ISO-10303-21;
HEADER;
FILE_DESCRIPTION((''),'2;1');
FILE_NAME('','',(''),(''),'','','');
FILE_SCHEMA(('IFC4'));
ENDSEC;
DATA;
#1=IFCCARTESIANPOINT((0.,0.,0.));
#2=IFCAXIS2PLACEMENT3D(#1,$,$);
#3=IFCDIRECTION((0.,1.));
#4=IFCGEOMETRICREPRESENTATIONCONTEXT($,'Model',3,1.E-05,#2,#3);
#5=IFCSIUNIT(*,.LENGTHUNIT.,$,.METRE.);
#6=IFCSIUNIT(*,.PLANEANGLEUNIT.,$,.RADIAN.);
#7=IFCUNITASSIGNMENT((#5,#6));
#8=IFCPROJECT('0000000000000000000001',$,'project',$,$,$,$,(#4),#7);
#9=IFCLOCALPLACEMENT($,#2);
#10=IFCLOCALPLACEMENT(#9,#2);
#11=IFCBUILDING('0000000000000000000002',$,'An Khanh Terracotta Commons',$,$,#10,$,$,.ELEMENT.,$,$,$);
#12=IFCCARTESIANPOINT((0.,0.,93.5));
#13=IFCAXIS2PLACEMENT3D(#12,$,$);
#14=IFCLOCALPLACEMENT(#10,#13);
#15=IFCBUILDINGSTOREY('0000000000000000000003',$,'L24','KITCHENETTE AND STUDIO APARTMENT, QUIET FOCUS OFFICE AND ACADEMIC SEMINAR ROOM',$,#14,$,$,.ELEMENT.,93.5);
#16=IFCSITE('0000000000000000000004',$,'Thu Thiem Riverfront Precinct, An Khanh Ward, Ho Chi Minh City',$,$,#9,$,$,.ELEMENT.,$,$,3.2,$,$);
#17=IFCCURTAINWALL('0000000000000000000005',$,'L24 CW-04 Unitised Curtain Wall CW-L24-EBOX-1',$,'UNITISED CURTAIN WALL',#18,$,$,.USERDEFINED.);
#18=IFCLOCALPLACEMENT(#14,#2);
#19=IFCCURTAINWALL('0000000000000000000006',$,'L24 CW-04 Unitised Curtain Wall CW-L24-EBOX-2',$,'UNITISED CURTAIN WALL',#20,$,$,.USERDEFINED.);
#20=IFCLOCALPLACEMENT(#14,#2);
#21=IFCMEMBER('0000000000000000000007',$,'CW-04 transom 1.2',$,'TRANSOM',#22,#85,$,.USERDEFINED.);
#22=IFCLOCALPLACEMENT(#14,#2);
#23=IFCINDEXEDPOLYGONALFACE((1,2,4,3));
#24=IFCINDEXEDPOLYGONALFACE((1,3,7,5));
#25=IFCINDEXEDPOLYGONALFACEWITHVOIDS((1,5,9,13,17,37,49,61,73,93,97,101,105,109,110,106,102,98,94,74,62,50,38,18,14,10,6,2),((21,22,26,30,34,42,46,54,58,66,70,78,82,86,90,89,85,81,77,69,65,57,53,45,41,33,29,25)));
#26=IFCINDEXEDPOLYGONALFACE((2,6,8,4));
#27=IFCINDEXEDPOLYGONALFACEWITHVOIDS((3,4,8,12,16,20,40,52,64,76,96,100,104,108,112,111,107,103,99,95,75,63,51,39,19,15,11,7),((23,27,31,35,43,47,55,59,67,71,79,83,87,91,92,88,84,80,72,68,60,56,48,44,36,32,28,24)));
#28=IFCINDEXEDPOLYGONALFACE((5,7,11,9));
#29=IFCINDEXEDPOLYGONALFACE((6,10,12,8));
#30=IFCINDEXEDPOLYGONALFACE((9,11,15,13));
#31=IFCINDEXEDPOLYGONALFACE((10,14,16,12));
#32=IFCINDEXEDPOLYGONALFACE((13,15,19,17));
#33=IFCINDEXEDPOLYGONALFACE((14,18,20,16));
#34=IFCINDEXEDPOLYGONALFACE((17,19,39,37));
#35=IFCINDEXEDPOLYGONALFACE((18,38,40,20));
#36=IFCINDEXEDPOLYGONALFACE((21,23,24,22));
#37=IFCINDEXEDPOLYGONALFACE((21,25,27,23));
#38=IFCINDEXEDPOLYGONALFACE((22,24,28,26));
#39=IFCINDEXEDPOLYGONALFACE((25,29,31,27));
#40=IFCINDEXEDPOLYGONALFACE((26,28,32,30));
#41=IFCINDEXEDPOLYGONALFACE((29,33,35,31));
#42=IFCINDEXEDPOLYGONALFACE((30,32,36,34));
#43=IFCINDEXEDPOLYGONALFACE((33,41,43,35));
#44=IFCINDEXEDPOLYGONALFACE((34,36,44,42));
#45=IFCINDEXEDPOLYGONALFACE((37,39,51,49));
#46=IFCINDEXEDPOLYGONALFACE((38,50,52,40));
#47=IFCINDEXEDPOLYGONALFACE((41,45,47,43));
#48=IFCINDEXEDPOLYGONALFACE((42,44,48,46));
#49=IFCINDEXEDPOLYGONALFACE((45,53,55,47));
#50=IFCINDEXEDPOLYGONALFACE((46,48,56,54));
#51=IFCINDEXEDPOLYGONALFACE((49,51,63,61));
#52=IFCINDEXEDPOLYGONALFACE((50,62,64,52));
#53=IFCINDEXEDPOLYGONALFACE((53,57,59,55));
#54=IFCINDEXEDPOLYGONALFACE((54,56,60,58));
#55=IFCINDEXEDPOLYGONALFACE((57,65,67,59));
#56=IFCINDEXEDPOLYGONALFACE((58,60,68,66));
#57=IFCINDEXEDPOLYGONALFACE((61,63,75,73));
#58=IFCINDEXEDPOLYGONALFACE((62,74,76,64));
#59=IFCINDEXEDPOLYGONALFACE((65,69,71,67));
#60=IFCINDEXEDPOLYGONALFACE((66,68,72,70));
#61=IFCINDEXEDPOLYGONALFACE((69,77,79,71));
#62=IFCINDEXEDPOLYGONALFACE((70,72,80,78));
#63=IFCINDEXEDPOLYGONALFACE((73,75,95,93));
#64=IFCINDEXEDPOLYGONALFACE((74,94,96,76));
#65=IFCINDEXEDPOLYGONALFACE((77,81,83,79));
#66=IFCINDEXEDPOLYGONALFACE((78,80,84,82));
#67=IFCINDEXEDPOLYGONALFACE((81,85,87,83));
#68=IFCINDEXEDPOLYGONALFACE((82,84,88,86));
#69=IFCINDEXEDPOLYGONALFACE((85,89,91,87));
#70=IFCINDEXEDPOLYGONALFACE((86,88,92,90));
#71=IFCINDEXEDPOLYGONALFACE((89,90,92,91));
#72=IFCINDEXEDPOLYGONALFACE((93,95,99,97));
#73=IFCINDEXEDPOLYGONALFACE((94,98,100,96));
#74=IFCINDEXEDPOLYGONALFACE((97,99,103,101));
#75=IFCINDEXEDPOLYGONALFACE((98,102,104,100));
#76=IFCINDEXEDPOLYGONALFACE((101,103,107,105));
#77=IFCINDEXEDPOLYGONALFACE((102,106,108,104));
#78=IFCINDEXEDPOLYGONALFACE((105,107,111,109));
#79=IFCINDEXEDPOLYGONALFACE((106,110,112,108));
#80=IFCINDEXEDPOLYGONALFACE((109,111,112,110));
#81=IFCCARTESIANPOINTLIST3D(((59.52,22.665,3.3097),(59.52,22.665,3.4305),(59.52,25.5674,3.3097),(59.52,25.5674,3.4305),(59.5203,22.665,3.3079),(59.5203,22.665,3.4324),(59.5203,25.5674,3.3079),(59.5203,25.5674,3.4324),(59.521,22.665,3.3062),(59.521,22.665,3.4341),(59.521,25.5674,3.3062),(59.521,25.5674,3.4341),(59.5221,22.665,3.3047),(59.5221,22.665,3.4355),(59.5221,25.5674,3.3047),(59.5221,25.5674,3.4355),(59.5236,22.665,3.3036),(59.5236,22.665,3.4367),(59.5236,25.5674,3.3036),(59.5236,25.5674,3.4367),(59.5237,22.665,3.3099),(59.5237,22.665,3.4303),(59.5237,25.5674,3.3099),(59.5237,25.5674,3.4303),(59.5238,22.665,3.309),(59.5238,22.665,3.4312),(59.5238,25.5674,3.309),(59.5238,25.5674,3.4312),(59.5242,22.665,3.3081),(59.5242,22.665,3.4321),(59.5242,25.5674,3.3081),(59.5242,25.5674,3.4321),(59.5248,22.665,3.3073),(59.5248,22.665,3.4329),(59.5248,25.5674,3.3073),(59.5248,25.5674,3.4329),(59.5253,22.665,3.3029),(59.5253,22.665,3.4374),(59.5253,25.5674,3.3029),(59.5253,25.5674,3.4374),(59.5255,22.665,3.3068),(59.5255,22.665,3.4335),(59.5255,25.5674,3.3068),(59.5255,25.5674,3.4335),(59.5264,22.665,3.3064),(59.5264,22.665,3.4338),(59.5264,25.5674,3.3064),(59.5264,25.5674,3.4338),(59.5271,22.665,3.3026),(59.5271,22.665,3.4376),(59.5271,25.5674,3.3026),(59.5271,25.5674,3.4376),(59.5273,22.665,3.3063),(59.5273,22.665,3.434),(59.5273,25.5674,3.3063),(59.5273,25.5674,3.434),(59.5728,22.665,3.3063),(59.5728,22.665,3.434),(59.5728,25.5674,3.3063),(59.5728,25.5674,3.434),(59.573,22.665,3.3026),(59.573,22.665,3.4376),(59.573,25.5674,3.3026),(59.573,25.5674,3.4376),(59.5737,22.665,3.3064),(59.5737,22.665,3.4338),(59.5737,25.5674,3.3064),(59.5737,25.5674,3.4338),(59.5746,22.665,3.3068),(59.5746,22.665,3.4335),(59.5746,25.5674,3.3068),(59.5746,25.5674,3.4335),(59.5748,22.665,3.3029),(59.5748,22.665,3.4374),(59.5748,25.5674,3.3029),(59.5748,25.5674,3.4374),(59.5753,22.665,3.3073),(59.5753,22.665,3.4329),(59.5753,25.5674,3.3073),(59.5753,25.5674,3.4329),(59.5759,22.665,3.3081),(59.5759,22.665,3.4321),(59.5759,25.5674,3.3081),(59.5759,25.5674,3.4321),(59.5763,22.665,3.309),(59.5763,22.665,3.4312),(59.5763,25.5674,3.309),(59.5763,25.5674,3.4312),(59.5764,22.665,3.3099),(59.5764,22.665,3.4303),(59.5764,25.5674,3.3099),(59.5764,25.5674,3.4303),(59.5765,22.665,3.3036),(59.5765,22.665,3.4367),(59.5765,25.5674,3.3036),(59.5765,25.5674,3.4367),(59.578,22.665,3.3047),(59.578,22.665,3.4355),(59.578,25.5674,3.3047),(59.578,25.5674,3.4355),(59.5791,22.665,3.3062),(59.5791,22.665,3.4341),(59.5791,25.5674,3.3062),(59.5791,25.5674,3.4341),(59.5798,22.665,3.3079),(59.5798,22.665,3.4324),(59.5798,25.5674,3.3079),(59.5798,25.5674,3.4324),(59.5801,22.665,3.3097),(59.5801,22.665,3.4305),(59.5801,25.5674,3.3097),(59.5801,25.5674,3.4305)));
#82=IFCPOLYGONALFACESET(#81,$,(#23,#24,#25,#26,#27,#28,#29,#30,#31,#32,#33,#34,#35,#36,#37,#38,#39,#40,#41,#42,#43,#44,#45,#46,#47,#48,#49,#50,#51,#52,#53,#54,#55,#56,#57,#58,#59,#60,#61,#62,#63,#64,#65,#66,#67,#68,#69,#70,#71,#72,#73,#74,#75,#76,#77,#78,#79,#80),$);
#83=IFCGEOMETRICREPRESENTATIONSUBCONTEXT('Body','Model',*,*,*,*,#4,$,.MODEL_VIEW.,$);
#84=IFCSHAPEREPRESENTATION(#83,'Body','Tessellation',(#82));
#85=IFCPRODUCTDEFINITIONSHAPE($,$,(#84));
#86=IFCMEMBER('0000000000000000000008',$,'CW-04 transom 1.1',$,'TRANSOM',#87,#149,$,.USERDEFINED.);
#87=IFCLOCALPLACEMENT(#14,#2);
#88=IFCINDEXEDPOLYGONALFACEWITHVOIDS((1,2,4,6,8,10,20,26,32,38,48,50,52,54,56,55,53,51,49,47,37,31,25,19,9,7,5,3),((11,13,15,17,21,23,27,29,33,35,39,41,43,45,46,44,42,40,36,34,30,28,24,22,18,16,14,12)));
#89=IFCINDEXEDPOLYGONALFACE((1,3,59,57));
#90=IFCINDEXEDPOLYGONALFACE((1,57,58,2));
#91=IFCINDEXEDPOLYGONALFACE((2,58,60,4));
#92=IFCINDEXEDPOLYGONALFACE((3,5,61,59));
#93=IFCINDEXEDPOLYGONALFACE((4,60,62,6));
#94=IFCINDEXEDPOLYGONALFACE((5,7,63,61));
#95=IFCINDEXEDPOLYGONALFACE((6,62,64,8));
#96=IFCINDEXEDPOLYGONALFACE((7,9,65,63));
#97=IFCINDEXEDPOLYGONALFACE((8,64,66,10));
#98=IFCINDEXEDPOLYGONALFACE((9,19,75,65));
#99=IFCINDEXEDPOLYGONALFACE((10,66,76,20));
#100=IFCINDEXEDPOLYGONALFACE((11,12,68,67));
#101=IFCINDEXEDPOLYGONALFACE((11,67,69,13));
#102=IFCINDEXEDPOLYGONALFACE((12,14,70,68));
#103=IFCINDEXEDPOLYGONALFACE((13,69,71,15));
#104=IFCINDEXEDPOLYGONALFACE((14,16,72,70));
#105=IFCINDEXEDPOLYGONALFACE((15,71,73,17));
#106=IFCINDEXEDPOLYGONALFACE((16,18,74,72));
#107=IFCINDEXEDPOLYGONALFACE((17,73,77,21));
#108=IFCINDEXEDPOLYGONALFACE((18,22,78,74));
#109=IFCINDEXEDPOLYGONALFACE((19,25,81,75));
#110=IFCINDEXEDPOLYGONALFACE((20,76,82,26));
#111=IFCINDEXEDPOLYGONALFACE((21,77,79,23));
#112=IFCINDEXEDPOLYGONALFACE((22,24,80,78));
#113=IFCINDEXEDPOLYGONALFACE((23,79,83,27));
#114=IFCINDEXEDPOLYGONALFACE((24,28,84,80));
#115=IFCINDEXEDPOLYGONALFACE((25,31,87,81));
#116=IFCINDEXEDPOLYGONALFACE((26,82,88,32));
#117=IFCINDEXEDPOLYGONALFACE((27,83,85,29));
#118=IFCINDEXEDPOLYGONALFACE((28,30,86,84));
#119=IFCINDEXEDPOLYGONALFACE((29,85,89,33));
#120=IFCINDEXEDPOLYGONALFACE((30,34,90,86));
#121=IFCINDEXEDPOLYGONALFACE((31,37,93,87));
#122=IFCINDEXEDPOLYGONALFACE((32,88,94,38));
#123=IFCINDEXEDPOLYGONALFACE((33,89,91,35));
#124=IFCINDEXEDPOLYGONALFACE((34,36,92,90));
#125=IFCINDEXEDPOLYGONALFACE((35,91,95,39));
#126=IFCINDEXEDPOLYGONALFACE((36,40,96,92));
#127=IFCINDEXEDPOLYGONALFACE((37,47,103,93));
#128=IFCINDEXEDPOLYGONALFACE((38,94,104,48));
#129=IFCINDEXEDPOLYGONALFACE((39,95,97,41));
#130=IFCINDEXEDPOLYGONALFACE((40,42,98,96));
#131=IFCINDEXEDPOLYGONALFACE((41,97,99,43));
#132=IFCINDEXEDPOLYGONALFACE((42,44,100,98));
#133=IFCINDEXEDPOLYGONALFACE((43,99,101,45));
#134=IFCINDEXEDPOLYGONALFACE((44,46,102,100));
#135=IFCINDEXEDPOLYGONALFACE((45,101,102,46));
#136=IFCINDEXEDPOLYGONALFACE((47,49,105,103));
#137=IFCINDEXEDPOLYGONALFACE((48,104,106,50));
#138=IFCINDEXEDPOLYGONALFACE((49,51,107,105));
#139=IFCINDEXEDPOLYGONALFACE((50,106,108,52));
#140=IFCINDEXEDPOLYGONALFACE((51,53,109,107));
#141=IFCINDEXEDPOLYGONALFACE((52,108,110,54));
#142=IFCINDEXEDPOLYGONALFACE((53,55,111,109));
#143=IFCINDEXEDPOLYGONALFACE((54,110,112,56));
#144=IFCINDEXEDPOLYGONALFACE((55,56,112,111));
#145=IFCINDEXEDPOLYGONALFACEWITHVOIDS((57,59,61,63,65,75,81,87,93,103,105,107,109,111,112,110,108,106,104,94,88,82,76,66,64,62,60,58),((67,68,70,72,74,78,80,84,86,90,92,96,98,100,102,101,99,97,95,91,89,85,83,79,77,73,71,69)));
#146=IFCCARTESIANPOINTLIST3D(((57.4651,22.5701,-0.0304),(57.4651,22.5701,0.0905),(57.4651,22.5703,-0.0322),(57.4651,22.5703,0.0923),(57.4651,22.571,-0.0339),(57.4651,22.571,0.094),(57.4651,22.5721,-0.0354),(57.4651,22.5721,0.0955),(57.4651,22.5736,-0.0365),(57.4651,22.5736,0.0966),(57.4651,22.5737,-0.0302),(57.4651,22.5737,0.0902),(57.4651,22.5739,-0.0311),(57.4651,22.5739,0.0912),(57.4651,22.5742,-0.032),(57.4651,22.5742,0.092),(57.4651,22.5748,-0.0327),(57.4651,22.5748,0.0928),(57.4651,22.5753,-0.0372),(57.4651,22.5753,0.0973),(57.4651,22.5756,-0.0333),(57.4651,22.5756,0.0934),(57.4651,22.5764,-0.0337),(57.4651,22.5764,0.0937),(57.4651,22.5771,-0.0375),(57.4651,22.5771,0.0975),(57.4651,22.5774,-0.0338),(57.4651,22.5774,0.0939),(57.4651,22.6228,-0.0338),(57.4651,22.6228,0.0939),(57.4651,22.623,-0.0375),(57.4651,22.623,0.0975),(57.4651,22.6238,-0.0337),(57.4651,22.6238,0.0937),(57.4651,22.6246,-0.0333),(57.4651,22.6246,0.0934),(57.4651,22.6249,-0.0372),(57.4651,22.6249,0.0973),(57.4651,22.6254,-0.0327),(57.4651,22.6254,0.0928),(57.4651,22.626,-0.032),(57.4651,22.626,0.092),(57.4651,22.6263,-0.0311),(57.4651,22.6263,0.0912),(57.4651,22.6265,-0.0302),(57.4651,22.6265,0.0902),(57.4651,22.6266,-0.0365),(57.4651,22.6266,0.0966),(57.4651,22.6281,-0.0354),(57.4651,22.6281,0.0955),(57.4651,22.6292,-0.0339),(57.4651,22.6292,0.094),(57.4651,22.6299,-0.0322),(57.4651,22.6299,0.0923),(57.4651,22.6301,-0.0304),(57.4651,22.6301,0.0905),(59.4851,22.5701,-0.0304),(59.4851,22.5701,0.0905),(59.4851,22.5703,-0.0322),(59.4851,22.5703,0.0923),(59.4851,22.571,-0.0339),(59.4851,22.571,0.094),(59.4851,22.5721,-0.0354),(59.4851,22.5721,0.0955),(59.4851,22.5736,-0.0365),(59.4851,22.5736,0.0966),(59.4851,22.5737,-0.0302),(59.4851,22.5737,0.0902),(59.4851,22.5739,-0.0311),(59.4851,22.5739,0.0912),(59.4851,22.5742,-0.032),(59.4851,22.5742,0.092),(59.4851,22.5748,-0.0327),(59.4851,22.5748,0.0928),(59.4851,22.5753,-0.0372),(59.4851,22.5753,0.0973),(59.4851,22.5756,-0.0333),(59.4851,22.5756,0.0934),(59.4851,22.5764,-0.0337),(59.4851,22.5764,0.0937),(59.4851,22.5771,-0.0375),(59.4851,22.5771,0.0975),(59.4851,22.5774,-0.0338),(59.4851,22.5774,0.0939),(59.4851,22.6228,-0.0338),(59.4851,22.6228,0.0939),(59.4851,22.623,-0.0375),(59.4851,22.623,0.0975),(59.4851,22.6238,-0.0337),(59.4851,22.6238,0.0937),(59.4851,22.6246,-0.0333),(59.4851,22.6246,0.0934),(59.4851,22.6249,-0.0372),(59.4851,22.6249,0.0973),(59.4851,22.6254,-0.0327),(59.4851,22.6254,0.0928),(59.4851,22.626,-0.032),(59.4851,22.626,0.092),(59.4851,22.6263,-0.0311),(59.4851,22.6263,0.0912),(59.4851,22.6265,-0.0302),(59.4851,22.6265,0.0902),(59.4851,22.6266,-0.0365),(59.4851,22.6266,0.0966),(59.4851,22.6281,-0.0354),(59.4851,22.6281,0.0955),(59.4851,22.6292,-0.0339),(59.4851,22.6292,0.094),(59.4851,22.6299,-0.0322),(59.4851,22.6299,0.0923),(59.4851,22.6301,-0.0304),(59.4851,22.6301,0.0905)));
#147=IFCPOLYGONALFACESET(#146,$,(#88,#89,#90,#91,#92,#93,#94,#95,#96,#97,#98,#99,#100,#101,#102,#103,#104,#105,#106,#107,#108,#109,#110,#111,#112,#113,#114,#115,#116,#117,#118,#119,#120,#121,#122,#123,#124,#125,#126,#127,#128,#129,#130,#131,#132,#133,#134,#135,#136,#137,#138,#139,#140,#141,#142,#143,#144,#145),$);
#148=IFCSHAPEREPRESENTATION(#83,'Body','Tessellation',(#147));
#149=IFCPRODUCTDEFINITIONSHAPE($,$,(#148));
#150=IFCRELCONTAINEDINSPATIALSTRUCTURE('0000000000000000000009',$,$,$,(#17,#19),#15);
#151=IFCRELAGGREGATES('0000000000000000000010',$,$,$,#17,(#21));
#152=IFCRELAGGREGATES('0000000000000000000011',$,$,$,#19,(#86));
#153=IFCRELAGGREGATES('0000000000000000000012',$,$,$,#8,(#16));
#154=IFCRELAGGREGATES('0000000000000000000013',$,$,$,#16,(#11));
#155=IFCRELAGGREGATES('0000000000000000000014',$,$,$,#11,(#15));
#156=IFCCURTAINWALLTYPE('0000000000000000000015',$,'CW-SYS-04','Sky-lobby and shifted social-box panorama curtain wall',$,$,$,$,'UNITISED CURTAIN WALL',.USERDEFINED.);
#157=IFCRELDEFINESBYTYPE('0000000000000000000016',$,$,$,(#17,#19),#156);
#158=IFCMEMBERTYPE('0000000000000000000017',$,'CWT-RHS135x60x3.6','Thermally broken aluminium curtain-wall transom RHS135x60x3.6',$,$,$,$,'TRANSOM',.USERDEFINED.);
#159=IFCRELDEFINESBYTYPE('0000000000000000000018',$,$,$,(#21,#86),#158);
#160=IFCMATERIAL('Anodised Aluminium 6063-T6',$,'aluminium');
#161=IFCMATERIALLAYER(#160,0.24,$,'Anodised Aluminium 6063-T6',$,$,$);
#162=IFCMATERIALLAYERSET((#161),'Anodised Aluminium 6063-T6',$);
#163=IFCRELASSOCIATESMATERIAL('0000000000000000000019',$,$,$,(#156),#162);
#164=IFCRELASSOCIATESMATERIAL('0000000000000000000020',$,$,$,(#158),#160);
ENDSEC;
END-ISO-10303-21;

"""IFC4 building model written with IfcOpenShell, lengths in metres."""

from ifc_helpers import new_model, si_unit, direction, frame, origin, origin_2d, place, context, subcontext, project, spatial, hollow_rectangle, extrude, material, layer, layer_set, material_profile, profile_set, type_object, element, aggregate, save


model = new_model("IFC4")

# Units and contexts
model_context = context("Model", 3, precision=1e-05, world=origin(), true_north=direction((0.0, 1.0)))
body_context = subcontext(model_context, "Body", "Model", "MODEL_VIEW")
ifc_project = project(units=[si_unit("LENGTHUNIT", "METRE"), si_unit("PLANEANGLEUNIT", "RADIAN")], contexts=[model_context])

# Site, building, storey
site_placement = place(None, origin())
site = spatial("IfcSite", under=ifc_project, at=site_placement, Name="Thu Thiem Riverfront Precinct, An Khanh Ward, Ho Chi Minh City", CompositionType="ELEMENT", RefElevation=3.2)
building_placement = place(site_placement, origin())
building = spatial("IfcBuilding", under=site, at=building_placement, Name="An Khanh Terracotta Commons", CompositionType="ELEMENT")
storey_placement = place(building_placement, frame((0.0, 0.0, 93.5)))
storey = spatial("IfcBuildingStorey", under=building, at=storey_placement, Name="L24", Description="KITCHENETTE AND STUDIO APARTMENT, QUIET FOCUS OFFICE AND ACADEMIC SEMINAR ROOM", CompositionType="ELEMENT", Elevation=93.5)

# Curtain wall
ifc_material_1 = material(Name="Anodised Aluminium 6063-T6", Category="aluminium")
ifc_layer_1 = layer(ifc_material_1, 0.24, Name="Anodised Aluminium 6063-T6")
ifc_layer_set_1 = layer_set([ifc_layer_1], Name="Anodised Aluminium 6063-T6")
curtain_wall_type_1 = type_object("IfcCurtainWallType", Name="CW-SYS-04", Description="Sky-lobby and shifted social-box panorama curtain wall", ElementType="UNITISED CURTAIN WALL", PredefinedType="USERDEFINED", material=ifc_layer_set_1)
curtain_wall_1_placement = place(storey_placement, origin())
curtain_wall_1 = element("IfcCurtainWall", 1, at=curtain_wall_1_placement, inside=storey, type_object=curtain_wall_type_1, Name="L24 CW-04 Unitised Curtain Wall CW-L24-EBOX-1", ObjectType="UNITISED CURTAIN WALL", PredefinedType="USERDEFINED")

# Curtain wall
curtain_wall_2_placement = place(storey_placement, origin())
curtain_wall_2 = element("IfcCurtainWall", 2, at=curtain_wall_2_placement, inside=storey, type_object=curtain_wall_type_1, Name="L24 CW-04 Unitised Curtain Wall CW-L24-EBOX-2", ObjectType="UNITISED CURTAIN WALL", PredefinedType="USERDEFINED")

# Members
ifc_material_profile_1 = material_profile(ifc_material_1, hollow_rectangle(XDim=0.0601, YDim=0.135, WallThickness=0.0037, InnerFilletRadius=0.0037, OuterFilletRadius=0.0071, at=origin_2d()), Name="RHS135x60x3.6")
ifc_profile_set_1 = profile_set([ifc_material_profile_1], Name="Anodised Aluminium 6063-T6")
member_type_1 = type_object("IfcMemberType", Name="CWT-RHS135x60x3.6", Description="Thermally broken aluminium curtain-wall transom RHS135x60x3.6", ElementType="TRANSOM", PredefinedType="USERDEFINED", material=ifc_profile_set_1)
member_1_placement = place(storey_placement, frame((59.55, 22.665, 3.3701), z_axis=(0.0, 1.0, 0.0), x_axis=(-1.0, 0.0, 0.0)))
member_1 = element("IfcMember", 3, at=member_1_placement, type_object=member_type_1, Name="CW-04 transom 1.2", ObjectType="TRANSOM", PredefinedType="USERDEFINED", context=body_context, shape_type="SweptSolid", body=[
    extrude(hollow_rectangle(XDim=0.0601, YDim=0.135, WallThickness=0.0037, InnerFilletRadius=0.0037, OuterFilletRadius=0.0071, at=origin_2d()), origin(), (0.0, 0.0, 1.0), 2.9023),
])
member_2_placement = place(storey_placement, frame((57.4651, 22.6001, 0.03), z_axis=(1.0, 0.0, 0.0), x_axis=(0.0, 1.0, 0.0)))
member_2 = element("IfcMember", 4, at=member_2_placement, type_object=member_type_1, Name="CW-04 transom 1.1", ObjectType="TRANSOM", PredefinedType="USERDEFINED", context=body_context, shape_type="SweptSolid", body=[
    extrude(hollow_rectangle(XDim=0.0601, YDim=0.135, WallThickness=0.0037, InnerFilletRadius=0.0037, OuterFilletRadius=0.0071, at=origin_2d()), origin(), (0.0, 0.0, 1.0), 2.02),
])

aggregate(curtain_wall_1, [member_1])
aggregate(curtain_wall_2, [member_2])

save(model, "model.ifc")
